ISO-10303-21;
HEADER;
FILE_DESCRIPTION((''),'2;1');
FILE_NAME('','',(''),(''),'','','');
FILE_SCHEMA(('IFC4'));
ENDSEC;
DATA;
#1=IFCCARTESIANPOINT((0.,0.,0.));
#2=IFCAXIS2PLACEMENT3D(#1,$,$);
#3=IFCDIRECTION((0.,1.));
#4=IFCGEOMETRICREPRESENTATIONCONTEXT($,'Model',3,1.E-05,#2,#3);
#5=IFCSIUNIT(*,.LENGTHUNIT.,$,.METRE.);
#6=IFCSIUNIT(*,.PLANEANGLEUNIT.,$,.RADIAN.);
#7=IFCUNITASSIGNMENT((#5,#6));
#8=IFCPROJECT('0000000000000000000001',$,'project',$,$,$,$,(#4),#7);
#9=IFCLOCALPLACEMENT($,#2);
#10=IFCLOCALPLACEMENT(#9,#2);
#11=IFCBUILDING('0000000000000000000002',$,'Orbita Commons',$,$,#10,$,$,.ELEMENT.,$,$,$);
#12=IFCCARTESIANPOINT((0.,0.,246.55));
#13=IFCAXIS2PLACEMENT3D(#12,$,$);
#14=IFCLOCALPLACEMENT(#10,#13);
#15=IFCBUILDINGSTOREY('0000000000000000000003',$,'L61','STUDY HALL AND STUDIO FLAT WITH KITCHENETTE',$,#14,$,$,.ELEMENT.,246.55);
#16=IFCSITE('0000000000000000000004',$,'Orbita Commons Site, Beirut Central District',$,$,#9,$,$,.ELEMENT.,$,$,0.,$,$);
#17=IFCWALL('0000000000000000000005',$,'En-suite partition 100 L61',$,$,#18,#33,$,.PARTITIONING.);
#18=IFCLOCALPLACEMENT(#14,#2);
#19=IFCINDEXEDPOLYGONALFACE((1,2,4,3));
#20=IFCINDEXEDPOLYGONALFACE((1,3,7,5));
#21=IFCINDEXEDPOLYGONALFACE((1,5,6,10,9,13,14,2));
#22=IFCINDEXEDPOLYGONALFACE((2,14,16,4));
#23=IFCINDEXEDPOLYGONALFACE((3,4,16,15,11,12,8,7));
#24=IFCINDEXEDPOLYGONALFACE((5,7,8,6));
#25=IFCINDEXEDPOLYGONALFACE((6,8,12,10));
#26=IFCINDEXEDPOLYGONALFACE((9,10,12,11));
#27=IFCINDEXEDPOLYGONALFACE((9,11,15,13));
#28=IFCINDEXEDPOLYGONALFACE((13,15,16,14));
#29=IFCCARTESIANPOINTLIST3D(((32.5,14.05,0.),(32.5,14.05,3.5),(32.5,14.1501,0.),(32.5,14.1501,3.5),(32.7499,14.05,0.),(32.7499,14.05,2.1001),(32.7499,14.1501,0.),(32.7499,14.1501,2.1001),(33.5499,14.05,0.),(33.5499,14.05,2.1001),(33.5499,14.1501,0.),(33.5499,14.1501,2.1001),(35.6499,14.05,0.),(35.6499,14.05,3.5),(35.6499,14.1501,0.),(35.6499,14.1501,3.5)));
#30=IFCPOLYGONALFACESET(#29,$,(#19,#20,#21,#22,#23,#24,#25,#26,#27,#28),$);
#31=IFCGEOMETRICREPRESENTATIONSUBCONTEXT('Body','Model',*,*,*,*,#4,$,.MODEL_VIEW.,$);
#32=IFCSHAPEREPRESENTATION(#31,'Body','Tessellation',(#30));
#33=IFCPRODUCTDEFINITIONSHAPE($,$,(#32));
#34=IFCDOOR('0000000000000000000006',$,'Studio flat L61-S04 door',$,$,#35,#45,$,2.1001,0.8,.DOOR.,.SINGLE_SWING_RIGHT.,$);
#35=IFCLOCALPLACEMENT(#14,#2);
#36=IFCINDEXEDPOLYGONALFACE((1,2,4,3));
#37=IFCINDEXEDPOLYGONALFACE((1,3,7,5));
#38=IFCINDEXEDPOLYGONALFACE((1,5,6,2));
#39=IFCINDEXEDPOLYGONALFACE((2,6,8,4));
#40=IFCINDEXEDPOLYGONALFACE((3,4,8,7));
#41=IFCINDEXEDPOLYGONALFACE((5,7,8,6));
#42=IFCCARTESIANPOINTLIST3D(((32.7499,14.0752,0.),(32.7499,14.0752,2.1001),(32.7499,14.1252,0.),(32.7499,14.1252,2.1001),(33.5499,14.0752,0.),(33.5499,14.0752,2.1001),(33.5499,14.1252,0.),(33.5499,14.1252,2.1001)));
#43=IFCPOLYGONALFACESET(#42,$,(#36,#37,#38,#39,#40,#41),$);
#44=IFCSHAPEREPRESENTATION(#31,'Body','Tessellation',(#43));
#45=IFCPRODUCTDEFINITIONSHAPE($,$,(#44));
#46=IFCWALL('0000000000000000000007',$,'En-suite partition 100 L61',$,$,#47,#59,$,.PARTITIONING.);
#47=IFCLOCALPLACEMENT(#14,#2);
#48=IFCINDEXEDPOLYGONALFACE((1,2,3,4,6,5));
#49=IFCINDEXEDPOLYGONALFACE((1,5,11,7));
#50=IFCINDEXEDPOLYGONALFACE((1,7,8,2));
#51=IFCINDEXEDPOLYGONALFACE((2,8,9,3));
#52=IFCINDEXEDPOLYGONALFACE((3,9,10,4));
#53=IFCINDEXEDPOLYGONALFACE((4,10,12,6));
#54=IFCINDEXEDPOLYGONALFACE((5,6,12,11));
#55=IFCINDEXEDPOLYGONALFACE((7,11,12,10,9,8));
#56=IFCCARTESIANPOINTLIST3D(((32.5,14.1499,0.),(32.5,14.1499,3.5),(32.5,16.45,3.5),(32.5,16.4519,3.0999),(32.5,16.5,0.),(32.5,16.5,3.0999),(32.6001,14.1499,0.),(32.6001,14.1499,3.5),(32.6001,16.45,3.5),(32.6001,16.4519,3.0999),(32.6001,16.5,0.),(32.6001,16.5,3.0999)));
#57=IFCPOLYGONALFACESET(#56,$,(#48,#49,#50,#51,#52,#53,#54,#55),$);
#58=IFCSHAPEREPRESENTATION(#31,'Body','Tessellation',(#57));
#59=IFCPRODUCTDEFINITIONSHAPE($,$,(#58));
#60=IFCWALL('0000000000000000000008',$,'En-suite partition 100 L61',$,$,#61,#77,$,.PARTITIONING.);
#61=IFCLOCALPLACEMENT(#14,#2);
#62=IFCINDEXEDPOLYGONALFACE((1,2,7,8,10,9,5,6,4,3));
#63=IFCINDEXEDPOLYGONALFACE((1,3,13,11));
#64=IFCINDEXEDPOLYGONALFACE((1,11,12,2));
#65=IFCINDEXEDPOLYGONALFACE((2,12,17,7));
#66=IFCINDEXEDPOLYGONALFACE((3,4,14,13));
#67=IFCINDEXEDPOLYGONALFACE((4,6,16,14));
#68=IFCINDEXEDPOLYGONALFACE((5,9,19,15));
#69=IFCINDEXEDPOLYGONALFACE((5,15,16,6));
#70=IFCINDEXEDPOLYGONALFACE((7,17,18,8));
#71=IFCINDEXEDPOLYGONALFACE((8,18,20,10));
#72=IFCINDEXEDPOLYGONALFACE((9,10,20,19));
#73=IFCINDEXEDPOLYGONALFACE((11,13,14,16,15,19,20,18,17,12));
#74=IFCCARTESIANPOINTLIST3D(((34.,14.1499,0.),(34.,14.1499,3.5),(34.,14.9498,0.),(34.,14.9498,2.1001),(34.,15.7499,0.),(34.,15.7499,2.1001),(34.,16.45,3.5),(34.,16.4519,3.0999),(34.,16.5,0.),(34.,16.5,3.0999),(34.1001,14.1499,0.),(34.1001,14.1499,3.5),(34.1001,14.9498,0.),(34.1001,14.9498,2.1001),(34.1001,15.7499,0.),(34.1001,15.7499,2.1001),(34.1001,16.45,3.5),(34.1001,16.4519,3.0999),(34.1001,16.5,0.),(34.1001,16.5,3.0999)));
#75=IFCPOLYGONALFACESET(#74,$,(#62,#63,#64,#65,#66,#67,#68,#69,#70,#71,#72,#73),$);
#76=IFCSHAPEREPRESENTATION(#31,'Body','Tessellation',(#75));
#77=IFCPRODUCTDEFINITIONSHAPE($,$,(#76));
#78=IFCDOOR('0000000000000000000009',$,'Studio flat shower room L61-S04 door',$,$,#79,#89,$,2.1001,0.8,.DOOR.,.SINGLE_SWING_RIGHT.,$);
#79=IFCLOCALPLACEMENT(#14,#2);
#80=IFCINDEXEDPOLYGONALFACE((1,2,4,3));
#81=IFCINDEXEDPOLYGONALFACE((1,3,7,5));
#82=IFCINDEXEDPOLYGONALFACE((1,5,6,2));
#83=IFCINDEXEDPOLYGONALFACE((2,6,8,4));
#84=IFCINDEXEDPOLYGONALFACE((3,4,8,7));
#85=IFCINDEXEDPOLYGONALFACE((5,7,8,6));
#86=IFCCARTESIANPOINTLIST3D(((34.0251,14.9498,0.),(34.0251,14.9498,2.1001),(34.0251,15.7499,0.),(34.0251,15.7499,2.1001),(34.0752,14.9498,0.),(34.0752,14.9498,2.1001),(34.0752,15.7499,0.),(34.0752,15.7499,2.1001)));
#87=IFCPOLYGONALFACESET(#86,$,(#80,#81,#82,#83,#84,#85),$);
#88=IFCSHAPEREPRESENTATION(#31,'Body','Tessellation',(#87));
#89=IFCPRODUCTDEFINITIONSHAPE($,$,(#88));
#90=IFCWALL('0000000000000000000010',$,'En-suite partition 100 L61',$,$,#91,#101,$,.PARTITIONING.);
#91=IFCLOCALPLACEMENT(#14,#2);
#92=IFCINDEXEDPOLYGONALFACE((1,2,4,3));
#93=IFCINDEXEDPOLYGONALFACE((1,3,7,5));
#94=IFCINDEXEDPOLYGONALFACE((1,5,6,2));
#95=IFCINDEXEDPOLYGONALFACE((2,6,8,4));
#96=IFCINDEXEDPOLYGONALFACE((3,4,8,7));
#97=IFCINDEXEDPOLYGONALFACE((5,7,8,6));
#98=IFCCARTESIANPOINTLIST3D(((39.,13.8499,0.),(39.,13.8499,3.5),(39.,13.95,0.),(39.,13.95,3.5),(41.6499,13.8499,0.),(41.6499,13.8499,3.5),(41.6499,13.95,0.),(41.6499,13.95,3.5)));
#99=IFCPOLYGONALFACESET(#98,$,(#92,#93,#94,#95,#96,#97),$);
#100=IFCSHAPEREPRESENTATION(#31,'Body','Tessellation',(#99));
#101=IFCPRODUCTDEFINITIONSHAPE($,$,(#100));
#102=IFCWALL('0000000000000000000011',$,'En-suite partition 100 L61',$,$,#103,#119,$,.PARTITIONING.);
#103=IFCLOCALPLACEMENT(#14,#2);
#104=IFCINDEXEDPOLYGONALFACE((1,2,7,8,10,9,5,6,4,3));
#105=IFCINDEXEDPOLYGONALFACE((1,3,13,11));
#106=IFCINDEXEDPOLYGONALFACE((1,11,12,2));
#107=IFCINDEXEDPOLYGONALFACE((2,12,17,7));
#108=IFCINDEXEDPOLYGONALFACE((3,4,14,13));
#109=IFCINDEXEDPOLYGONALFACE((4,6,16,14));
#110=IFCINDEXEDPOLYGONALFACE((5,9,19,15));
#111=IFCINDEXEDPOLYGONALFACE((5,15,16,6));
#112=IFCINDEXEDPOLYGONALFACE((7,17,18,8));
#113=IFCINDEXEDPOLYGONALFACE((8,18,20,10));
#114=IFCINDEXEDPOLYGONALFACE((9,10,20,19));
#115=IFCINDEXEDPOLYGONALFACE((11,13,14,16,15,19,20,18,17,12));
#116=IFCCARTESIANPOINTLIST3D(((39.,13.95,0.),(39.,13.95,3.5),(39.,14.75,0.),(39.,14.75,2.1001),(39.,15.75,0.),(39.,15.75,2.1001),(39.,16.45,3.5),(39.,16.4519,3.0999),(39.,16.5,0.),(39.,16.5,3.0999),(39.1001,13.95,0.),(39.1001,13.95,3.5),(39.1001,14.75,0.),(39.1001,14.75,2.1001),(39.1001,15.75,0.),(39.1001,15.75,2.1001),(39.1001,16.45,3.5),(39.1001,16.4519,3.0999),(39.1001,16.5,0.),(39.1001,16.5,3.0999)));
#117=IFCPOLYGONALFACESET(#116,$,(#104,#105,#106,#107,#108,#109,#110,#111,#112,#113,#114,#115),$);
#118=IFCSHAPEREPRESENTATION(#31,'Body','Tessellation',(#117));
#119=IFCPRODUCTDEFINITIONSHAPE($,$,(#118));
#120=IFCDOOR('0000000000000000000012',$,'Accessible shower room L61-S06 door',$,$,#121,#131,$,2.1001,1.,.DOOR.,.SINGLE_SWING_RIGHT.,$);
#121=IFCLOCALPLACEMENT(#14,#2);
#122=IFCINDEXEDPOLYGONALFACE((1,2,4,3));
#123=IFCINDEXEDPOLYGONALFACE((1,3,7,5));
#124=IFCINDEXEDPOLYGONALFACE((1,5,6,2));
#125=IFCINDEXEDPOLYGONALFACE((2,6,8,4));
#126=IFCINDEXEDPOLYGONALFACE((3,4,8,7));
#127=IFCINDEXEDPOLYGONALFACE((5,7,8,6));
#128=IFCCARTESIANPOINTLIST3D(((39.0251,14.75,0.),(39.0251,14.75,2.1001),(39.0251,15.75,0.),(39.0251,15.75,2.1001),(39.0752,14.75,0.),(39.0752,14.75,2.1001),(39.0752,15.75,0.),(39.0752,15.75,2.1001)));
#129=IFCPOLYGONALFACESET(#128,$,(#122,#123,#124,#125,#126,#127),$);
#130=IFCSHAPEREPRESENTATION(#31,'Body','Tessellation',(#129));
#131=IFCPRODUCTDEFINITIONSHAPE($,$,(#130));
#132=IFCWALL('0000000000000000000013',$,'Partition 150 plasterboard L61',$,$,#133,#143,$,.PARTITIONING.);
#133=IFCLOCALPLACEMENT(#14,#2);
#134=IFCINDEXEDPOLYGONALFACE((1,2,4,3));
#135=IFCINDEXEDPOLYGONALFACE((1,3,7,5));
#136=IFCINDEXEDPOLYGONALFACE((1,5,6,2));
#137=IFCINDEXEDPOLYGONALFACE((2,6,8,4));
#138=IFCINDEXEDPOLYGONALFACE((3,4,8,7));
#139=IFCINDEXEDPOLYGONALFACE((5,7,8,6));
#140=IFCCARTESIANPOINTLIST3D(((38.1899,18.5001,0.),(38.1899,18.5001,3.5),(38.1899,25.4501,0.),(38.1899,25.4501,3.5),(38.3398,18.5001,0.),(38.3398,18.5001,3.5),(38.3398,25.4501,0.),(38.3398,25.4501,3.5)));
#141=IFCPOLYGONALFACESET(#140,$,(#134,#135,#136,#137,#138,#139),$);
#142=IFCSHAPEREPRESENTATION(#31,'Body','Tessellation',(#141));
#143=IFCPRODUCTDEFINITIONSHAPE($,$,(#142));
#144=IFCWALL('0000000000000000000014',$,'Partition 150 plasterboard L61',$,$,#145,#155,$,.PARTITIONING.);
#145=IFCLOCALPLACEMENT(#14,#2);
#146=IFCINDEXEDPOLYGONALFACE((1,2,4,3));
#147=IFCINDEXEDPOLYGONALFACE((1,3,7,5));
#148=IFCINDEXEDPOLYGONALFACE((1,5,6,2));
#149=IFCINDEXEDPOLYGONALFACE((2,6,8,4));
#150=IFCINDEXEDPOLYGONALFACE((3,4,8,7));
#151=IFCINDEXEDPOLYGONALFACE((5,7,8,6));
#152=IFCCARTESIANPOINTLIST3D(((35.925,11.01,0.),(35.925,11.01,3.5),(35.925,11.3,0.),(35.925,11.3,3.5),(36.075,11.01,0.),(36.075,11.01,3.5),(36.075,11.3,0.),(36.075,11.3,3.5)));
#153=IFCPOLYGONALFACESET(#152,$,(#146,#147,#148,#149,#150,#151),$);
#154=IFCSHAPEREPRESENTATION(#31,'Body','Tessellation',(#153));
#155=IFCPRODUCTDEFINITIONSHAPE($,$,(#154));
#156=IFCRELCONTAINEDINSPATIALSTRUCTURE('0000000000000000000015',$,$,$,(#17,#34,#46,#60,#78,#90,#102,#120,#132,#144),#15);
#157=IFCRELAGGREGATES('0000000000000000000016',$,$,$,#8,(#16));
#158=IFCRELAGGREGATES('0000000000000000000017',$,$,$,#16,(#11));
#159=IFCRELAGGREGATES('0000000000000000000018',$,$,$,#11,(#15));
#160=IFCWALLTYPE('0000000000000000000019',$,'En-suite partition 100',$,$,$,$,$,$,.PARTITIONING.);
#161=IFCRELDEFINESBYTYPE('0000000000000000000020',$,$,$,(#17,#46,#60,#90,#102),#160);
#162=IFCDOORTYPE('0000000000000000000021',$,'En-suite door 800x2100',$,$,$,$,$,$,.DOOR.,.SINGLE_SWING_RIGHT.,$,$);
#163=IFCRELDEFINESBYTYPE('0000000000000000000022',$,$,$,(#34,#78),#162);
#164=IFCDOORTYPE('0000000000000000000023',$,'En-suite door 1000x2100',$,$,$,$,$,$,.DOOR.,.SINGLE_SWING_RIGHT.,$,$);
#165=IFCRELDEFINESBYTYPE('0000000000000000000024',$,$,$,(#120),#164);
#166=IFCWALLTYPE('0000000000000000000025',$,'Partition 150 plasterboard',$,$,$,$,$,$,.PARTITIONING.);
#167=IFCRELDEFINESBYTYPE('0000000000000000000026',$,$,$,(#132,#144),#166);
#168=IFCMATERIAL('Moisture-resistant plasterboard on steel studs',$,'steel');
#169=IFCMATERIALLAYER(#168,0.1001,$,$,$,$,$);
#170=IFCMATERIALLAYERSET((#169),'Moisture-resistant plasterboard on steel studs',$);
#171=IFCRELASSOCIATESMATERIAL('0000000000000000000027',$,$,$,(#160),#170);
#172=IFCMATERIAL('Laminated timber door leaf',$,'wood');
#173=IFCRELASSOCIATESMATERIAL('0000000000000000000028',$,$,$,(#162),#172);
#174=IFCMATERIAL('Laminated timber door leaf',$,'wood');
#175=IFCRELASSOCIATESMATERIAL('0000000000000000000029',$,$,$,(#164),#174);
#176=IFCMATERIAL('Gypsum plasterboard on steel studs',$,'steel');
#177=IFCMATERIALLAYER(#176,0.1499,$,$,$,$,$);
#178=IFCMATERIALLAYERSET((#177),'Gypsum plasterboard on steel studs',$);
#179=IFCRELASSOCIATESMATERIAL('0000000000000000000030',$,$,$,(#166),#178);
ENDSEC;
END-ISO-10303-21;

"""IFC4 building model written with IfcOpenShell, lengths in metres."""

from ifc_helpers import new_model, si_unit, direction, frame, frame_2d, origin, place, context, subcontext, project, spatial, polyline, rectangle, outline, extrude, material, layer, layer_set, type_object, element, fill, save


model = new_model("IFC4")

# Units and contexts
model_context = context("Model", 3, precision=1e-05, world=origin(), true_north=direction((0.0, 1.0)))
body_context = subcontext(model_context, "Body", "Model", "MODEL_VIEW")
ifc_project = project(units=[si_unit("LENGTHUNIT", "METRE"), si_unit("PLANEANGLEUNIT", "RADIAN")], contexts=[model_context])

# Site, building, storey
site_placement = place(None, origin())
site = spatial("IfcSite", under=ifc_project, at=site_placement, Name="Orbita Commons Site, Beirut Central District", CompositionType="ELEMENT", RefElevation=0.0)
building_placement = place(site_placement, origin())
building = spatial("IfcBuilding", under=site, at=building_placement, Name="Orbita Commons", CompositionType="ELEMENT")
storey_placement = place(building_placement, frame((0.0, 0.0, 246.55)))
storey = spatial("IfcBuildingStorey", under=building, at=storey_placement, Name="L61", Description="STUDY HALL AND STUDIO FLAT WITH KITCHENETTE", CompositionType="ELEMENT", Elevation=246.55)

# Wall, opening, door
ifc_material_1 = material(Name="Moisture-resistant plasterboard on steel studs", Category="steel")
ifc_layer_1 = layer(ifc_material_1, 0.1001)
ifc_layer_set_1 = layer_set([ifc_layer_1], Name="Moisture-resistant plasterboard on steel studs")
wall_type_1 = type_object("IfcWallType", Name="En-suite partition 100", PredefinedType="PARTITIONING", material=ifc_layer_set_1)
wall_1_placement = place(storey_placement, frame((35.6499, 14.1001, 0.0), z_axis=(0.0, 0.0, 1.0), x_axis=(-1.0, 0.0, 0.0)))
wall_1 = element("IfcWall", 1, at=wall_1_placement, inside=storey, type_object=wall_type_1, Name="En-suite partition 100 L61", PredefinedType="PARTITIONING", context=body_context, shape_type="SweptSolid", body=[
    extrude(rectangle(XDim=3.1499, YDim=0.1001, at=frame_2d((1.575, 0.0))), origin(), (0.0, 0.0, 1.0), 3.5),
])
opening_1_placement = place(wall_1_placement, frame((2.1001, 0.0, 0.0)))
opening_1 = element("IfcOpeningElement", 2, at=opening_1_placement, cuts=wall_1, PredefinedType="OPENING", context=body_context, shape_type="SweptSolid", body=[
    extrude(rectangle(XDim=0.8, YDim=2.1001, at=frame_2d((0.3999, 1.05))), frame((0.0, 0.0601, 0.0), z_axis=(0.0, -1.0, 0.0), x_axis=(1.0, 0.0, 0.0)), (0.0, 0.0, 1.0), 0.1201),
])
ifc_material_2 = material(Name="Laminated timber door leaf", Category="wood")
door_type_1 = type_object("IfcDoorType", Name="En-suite door 800x2100", OperationType="SINGLE_SWING_RIGHT", PredefinedType="DOOR", material=ifc_material_2)
door_1_placement = place(opening_1_placement, origin())
door_1 = element("IfcDoor", 3, at=door_1_placement, inside=storey, type_object=door_type_1, Name="Studio flat L61-S04 door", OperationType="SINGLE_SWING_RIGHT", OverallHeight=2.1001, OverallWidth=0.8, PredefinedType="DOOR", context=body_context, shape_type="SweptSolid", body=[
    extrude(rectangle(XDim=0.8, YDim=2.1001, at=frame_2d((0.3999, 1.05))), frame((0.0, 0.0249, 0.0), z_axis=(0.0, -1.0, 0.0), x_axis=(1.0, 0.0, 0.0)), (0.0, 0.0, 1.0), 0.05),
])
fill(opening_1, door_1)

# Wall
wall_2_placement = place(storey_placement, frame((32.55, 14.1499, 0.0), z_axis=(0.0, 0.0, 1.0), x_axis=(0.0, 1.0, 0.0)))
element("IfcWall", 4, at=wall_2_placement, inside=storey, type_object=wall_type_1, Name="En-suite partition 100 L61", PredefinedType="PARTITIONING", context=body_context, shape_type="SweptSolid", body=[
    extrude(outline(polyline([(0.0, 0.0), (2.3501, 0.0), (2.3501, 3.0999), (2.302, 3.0999), (2.3, 3.5), (0.0, 3.5), (0.0, 0.0)])), frame((0.0, 0.05, 0.0), z_axis=(0.0, -1.0, 0.0), x_axis=(1.0, 0.0, 0.0)), (0.0, 0.0, 1.0), 0.1001),
])

# Wall, opening, door
wall_3_placement = place(storey_placement, frame((34.05, 14.1499, 0.0), z_axis=(0.0, 0.0, 1.0), x_axis=(0.0, 1.0, 0.0)))
wall_3 = element("IfcWall", 5, at=wall_3_placement, inside=storey, type_object=wall_type_1, Name="En-suite partition 100 L61", PredefinedType="PARTITIONING", context=body_context, shape_type="SweptSolid", body=[
    extrude(outline(polyline([(0.0, 0.0), (2.3501, 0.0), (2.3501, 3.0999), (2.302, 3.0999), (2.3, 3.5), (0.0, 3.5), (0.0, 0.0)])), frame((0.0, 0.05, 0.0), z_axis=(0.0, -1.0, 0.0), x_axis=(1.0, 0.0, 0.0)), (0.0, 0.0, 1.0), 0.1001),
])
opening_2_placement = place(wall_3_placement, frame((0.8, 0.0, 0.0)))
opening_2 = element("IfcOpeningElement", 6, at=opening_2_placement, cuts=wall_3, PredefinedType="OPENING", context=body_context, shape_type="SweptSolid", body=[
    extrude(rectangle(XDim=0.8, YDim=2.1001, at=frame_2d((0.3999, 1.05))), frame((0.0, 0.0601, 0.0), z_axis=(0.0, -1.0, 0.0), x_axis=(1.0, 0.0, 0.0)), (0.0, 0.0, 1.0), 0.1201),
])
door_2_placement = place(opening_2_placement, origin())
door_2 = element("IfcDoor", 7, at=door_2_placement, inside=storey, type_object=door_type_1, Name="Studio flat shower room L61-S04 door", OperationType="SINGLE_SWING_RIGHT", OverallHeight=2.1001, OverallWidth=0.8, PredefinedType="DOOR", context=body_context, shape_type="SweptSolid", body=[
    extrude(rectangle(XDim=0.8, YDim=2.1001, at=frame_2d((0.3999, 1.05))), frame((0.0, 0.0249, 0.0), z_axis=(0.0, -1.0, 0.0), x_axis=(1.0, 0.0, 0.0)), (0.0, 0.0, 1.0), 0.05),
])
fill(opening_2, door_2)

# Wall
wall_4_placement = place(storey_placement, frame((39.0, 13.8999, 0.0), z_axis=(0.0, 0.0, 1.0), x_axis=(1.0, 0.0, 0.0)))
element("IfcWall", 8, at=wall_4_placement, inside=storey, type_object=wall_type_1, Name="En-suite partition 100 L61", PredefinedType="PARTITIONING", context=body_context, shape_type="SweptSolid", body=[
    extrude(rectangle(XDim=2.6499, YDim=0.1001, at=frame_2d((1.325, 0.0))), origin(), (0.0, 0.0, 1.0), 3.5),
])

# Wall, opening, door
wall_5_placement = place(storey_placement, frame((39.05, 13.95, 0.0), z_axis=(0.0, 0.0, 1.0), x_axis=(0.0, 1.0, 0.0)))
wall_5 = element("IfcWall", 9, at=wall_5_placement, inside=storey, type_object=wall_type_1, Name="En-suite partition 100 L61", PredefinedType="PARTITIONING", context=body_context, shape_type="SweptSolid", body=[
    extrude(outline(polyline([(0.0, 0.0), (2.55, 0.0), (2.55, 3.0999), (2.502, 3.0999), (2.5, 3.5), (0.0, 3.5), (0.0, 0.0)])), frame((0.0, 0.05, 0.0), z_axis=(0.0, -1.0, 0.0), x_axis=(1.0, 0.0, 0.0)), (0.0, 0.0, 1.0), 0.1001),
])
opening_3_placement = place(wall_5_placement, frame((0.8, 0.0, 0.0)))
opening_3 = element("IfcOpeningElement", 10, at=opening_3_placement, cuts=wall_5, PredefinedType="OPENING", context=body_context, shape_type="SweptSolid", body=[
    extrude(rectangle(XDim=1.0, YDim=2.1001, at=frame_2d((0.5, 1.05))), frame((0.0, 0.0601, 0.0), z_axis=(0.0, -1.0, 0.0), x_axis=(1.0, 0.0, 0.0)), (0.0, 0.0, 1.0), 0.1201),
])
ifc_material_3 = material(Name="Laminated timber door leaf", Category="wood")
door_type_2 = type_object("IfcDoorType", Name="En-suite door 1000x2100", OperationType="SINGLE_SWING_RIGHT", PredefinedType="DOOR", material=ifc_material_3)
door_3_placement = place(opening_3_placement, origin())
door_3 = element("IfcDoor", 11, at=door_3_placement, inside=storey, type_object=door_type_2, Name="Accessible shower room L61-S06 door", OperationType="SINGLE_SWING_RIGHT", OverallHeight=2.1001, OverallWidth=1.0, PredefinedType="DOOR", context=body_context, shape_type="SweptSolid", body=[
    extrude(rectangle(XDim=1.0, YDim=2.1001, at=frame_2d((0.5, 1.05))), frame((0.0, 0.0249, 0.0), z_axis=(0.0, -1.0, 0.0), x_axis=(1.0, 0.0, 0.0)), (0.0, 0.0, 1.0), 0.05),
])
fill(opening_3, door_3)

# Walls
ifc_material_4 = material(Name="Gypsum plasterboard on steel studs", Category="steel")
ifc_layer_2 = layer(ifc_material_4, 0.1499)
ifc_layer_set_2 = layer_set([ifc_layer_2], Name="Gypsum plasterboard on steel studs")
wall_type_2 = type_object("IfcWallType", Name="Partition 150 plasterboard", PredefinedType="PARTITIONING", material=ifc_layer_set_2)
wall_6_placement = place(storey_placement, frame((38.2649, 18.5, 0.0), z_axis=(0.0, 0.0, 1.0), x_axis=(0.0, 1.0, 0.0)))
element("IfcWall", 12, at=wall_6_placement, inside=storey, type_object=wall_type_2, Name="Partition 150 plasterboard L61", PredefinedType="PARTITIONING", context=body_context, shape_type="SweptSolid", body=[
    extrude(rectangle(XDim=6.95, YDim=0.1499, at=frame_2d((3.4751, 0.0))), origin(), (0.0, 0.0, 1.0), 3.5),
])
wall_7_placement = place(storey_placement, frame((36.0, 11.3, 0.0), z_axis=(0.0, 0.0, 1.0), x_axis=(0.0, -1.0, 0.0)))
element("IfcWall", 13, at=wall_7_placement, inside=storey, type_object=wall_type_2, Name="Partition 150 plasterboard L61", PredefinedType="PARTITIONING", context=body_context, shape_type="SweptSolid", body=[
    extrude(rectangle(XDim=0.29, YDim=0.1499, at=frame_2d((0.145, 0.0))), origin(), (0.0, 0.0, 1.0), 3.5),
])

save(model, "model.ifc")
